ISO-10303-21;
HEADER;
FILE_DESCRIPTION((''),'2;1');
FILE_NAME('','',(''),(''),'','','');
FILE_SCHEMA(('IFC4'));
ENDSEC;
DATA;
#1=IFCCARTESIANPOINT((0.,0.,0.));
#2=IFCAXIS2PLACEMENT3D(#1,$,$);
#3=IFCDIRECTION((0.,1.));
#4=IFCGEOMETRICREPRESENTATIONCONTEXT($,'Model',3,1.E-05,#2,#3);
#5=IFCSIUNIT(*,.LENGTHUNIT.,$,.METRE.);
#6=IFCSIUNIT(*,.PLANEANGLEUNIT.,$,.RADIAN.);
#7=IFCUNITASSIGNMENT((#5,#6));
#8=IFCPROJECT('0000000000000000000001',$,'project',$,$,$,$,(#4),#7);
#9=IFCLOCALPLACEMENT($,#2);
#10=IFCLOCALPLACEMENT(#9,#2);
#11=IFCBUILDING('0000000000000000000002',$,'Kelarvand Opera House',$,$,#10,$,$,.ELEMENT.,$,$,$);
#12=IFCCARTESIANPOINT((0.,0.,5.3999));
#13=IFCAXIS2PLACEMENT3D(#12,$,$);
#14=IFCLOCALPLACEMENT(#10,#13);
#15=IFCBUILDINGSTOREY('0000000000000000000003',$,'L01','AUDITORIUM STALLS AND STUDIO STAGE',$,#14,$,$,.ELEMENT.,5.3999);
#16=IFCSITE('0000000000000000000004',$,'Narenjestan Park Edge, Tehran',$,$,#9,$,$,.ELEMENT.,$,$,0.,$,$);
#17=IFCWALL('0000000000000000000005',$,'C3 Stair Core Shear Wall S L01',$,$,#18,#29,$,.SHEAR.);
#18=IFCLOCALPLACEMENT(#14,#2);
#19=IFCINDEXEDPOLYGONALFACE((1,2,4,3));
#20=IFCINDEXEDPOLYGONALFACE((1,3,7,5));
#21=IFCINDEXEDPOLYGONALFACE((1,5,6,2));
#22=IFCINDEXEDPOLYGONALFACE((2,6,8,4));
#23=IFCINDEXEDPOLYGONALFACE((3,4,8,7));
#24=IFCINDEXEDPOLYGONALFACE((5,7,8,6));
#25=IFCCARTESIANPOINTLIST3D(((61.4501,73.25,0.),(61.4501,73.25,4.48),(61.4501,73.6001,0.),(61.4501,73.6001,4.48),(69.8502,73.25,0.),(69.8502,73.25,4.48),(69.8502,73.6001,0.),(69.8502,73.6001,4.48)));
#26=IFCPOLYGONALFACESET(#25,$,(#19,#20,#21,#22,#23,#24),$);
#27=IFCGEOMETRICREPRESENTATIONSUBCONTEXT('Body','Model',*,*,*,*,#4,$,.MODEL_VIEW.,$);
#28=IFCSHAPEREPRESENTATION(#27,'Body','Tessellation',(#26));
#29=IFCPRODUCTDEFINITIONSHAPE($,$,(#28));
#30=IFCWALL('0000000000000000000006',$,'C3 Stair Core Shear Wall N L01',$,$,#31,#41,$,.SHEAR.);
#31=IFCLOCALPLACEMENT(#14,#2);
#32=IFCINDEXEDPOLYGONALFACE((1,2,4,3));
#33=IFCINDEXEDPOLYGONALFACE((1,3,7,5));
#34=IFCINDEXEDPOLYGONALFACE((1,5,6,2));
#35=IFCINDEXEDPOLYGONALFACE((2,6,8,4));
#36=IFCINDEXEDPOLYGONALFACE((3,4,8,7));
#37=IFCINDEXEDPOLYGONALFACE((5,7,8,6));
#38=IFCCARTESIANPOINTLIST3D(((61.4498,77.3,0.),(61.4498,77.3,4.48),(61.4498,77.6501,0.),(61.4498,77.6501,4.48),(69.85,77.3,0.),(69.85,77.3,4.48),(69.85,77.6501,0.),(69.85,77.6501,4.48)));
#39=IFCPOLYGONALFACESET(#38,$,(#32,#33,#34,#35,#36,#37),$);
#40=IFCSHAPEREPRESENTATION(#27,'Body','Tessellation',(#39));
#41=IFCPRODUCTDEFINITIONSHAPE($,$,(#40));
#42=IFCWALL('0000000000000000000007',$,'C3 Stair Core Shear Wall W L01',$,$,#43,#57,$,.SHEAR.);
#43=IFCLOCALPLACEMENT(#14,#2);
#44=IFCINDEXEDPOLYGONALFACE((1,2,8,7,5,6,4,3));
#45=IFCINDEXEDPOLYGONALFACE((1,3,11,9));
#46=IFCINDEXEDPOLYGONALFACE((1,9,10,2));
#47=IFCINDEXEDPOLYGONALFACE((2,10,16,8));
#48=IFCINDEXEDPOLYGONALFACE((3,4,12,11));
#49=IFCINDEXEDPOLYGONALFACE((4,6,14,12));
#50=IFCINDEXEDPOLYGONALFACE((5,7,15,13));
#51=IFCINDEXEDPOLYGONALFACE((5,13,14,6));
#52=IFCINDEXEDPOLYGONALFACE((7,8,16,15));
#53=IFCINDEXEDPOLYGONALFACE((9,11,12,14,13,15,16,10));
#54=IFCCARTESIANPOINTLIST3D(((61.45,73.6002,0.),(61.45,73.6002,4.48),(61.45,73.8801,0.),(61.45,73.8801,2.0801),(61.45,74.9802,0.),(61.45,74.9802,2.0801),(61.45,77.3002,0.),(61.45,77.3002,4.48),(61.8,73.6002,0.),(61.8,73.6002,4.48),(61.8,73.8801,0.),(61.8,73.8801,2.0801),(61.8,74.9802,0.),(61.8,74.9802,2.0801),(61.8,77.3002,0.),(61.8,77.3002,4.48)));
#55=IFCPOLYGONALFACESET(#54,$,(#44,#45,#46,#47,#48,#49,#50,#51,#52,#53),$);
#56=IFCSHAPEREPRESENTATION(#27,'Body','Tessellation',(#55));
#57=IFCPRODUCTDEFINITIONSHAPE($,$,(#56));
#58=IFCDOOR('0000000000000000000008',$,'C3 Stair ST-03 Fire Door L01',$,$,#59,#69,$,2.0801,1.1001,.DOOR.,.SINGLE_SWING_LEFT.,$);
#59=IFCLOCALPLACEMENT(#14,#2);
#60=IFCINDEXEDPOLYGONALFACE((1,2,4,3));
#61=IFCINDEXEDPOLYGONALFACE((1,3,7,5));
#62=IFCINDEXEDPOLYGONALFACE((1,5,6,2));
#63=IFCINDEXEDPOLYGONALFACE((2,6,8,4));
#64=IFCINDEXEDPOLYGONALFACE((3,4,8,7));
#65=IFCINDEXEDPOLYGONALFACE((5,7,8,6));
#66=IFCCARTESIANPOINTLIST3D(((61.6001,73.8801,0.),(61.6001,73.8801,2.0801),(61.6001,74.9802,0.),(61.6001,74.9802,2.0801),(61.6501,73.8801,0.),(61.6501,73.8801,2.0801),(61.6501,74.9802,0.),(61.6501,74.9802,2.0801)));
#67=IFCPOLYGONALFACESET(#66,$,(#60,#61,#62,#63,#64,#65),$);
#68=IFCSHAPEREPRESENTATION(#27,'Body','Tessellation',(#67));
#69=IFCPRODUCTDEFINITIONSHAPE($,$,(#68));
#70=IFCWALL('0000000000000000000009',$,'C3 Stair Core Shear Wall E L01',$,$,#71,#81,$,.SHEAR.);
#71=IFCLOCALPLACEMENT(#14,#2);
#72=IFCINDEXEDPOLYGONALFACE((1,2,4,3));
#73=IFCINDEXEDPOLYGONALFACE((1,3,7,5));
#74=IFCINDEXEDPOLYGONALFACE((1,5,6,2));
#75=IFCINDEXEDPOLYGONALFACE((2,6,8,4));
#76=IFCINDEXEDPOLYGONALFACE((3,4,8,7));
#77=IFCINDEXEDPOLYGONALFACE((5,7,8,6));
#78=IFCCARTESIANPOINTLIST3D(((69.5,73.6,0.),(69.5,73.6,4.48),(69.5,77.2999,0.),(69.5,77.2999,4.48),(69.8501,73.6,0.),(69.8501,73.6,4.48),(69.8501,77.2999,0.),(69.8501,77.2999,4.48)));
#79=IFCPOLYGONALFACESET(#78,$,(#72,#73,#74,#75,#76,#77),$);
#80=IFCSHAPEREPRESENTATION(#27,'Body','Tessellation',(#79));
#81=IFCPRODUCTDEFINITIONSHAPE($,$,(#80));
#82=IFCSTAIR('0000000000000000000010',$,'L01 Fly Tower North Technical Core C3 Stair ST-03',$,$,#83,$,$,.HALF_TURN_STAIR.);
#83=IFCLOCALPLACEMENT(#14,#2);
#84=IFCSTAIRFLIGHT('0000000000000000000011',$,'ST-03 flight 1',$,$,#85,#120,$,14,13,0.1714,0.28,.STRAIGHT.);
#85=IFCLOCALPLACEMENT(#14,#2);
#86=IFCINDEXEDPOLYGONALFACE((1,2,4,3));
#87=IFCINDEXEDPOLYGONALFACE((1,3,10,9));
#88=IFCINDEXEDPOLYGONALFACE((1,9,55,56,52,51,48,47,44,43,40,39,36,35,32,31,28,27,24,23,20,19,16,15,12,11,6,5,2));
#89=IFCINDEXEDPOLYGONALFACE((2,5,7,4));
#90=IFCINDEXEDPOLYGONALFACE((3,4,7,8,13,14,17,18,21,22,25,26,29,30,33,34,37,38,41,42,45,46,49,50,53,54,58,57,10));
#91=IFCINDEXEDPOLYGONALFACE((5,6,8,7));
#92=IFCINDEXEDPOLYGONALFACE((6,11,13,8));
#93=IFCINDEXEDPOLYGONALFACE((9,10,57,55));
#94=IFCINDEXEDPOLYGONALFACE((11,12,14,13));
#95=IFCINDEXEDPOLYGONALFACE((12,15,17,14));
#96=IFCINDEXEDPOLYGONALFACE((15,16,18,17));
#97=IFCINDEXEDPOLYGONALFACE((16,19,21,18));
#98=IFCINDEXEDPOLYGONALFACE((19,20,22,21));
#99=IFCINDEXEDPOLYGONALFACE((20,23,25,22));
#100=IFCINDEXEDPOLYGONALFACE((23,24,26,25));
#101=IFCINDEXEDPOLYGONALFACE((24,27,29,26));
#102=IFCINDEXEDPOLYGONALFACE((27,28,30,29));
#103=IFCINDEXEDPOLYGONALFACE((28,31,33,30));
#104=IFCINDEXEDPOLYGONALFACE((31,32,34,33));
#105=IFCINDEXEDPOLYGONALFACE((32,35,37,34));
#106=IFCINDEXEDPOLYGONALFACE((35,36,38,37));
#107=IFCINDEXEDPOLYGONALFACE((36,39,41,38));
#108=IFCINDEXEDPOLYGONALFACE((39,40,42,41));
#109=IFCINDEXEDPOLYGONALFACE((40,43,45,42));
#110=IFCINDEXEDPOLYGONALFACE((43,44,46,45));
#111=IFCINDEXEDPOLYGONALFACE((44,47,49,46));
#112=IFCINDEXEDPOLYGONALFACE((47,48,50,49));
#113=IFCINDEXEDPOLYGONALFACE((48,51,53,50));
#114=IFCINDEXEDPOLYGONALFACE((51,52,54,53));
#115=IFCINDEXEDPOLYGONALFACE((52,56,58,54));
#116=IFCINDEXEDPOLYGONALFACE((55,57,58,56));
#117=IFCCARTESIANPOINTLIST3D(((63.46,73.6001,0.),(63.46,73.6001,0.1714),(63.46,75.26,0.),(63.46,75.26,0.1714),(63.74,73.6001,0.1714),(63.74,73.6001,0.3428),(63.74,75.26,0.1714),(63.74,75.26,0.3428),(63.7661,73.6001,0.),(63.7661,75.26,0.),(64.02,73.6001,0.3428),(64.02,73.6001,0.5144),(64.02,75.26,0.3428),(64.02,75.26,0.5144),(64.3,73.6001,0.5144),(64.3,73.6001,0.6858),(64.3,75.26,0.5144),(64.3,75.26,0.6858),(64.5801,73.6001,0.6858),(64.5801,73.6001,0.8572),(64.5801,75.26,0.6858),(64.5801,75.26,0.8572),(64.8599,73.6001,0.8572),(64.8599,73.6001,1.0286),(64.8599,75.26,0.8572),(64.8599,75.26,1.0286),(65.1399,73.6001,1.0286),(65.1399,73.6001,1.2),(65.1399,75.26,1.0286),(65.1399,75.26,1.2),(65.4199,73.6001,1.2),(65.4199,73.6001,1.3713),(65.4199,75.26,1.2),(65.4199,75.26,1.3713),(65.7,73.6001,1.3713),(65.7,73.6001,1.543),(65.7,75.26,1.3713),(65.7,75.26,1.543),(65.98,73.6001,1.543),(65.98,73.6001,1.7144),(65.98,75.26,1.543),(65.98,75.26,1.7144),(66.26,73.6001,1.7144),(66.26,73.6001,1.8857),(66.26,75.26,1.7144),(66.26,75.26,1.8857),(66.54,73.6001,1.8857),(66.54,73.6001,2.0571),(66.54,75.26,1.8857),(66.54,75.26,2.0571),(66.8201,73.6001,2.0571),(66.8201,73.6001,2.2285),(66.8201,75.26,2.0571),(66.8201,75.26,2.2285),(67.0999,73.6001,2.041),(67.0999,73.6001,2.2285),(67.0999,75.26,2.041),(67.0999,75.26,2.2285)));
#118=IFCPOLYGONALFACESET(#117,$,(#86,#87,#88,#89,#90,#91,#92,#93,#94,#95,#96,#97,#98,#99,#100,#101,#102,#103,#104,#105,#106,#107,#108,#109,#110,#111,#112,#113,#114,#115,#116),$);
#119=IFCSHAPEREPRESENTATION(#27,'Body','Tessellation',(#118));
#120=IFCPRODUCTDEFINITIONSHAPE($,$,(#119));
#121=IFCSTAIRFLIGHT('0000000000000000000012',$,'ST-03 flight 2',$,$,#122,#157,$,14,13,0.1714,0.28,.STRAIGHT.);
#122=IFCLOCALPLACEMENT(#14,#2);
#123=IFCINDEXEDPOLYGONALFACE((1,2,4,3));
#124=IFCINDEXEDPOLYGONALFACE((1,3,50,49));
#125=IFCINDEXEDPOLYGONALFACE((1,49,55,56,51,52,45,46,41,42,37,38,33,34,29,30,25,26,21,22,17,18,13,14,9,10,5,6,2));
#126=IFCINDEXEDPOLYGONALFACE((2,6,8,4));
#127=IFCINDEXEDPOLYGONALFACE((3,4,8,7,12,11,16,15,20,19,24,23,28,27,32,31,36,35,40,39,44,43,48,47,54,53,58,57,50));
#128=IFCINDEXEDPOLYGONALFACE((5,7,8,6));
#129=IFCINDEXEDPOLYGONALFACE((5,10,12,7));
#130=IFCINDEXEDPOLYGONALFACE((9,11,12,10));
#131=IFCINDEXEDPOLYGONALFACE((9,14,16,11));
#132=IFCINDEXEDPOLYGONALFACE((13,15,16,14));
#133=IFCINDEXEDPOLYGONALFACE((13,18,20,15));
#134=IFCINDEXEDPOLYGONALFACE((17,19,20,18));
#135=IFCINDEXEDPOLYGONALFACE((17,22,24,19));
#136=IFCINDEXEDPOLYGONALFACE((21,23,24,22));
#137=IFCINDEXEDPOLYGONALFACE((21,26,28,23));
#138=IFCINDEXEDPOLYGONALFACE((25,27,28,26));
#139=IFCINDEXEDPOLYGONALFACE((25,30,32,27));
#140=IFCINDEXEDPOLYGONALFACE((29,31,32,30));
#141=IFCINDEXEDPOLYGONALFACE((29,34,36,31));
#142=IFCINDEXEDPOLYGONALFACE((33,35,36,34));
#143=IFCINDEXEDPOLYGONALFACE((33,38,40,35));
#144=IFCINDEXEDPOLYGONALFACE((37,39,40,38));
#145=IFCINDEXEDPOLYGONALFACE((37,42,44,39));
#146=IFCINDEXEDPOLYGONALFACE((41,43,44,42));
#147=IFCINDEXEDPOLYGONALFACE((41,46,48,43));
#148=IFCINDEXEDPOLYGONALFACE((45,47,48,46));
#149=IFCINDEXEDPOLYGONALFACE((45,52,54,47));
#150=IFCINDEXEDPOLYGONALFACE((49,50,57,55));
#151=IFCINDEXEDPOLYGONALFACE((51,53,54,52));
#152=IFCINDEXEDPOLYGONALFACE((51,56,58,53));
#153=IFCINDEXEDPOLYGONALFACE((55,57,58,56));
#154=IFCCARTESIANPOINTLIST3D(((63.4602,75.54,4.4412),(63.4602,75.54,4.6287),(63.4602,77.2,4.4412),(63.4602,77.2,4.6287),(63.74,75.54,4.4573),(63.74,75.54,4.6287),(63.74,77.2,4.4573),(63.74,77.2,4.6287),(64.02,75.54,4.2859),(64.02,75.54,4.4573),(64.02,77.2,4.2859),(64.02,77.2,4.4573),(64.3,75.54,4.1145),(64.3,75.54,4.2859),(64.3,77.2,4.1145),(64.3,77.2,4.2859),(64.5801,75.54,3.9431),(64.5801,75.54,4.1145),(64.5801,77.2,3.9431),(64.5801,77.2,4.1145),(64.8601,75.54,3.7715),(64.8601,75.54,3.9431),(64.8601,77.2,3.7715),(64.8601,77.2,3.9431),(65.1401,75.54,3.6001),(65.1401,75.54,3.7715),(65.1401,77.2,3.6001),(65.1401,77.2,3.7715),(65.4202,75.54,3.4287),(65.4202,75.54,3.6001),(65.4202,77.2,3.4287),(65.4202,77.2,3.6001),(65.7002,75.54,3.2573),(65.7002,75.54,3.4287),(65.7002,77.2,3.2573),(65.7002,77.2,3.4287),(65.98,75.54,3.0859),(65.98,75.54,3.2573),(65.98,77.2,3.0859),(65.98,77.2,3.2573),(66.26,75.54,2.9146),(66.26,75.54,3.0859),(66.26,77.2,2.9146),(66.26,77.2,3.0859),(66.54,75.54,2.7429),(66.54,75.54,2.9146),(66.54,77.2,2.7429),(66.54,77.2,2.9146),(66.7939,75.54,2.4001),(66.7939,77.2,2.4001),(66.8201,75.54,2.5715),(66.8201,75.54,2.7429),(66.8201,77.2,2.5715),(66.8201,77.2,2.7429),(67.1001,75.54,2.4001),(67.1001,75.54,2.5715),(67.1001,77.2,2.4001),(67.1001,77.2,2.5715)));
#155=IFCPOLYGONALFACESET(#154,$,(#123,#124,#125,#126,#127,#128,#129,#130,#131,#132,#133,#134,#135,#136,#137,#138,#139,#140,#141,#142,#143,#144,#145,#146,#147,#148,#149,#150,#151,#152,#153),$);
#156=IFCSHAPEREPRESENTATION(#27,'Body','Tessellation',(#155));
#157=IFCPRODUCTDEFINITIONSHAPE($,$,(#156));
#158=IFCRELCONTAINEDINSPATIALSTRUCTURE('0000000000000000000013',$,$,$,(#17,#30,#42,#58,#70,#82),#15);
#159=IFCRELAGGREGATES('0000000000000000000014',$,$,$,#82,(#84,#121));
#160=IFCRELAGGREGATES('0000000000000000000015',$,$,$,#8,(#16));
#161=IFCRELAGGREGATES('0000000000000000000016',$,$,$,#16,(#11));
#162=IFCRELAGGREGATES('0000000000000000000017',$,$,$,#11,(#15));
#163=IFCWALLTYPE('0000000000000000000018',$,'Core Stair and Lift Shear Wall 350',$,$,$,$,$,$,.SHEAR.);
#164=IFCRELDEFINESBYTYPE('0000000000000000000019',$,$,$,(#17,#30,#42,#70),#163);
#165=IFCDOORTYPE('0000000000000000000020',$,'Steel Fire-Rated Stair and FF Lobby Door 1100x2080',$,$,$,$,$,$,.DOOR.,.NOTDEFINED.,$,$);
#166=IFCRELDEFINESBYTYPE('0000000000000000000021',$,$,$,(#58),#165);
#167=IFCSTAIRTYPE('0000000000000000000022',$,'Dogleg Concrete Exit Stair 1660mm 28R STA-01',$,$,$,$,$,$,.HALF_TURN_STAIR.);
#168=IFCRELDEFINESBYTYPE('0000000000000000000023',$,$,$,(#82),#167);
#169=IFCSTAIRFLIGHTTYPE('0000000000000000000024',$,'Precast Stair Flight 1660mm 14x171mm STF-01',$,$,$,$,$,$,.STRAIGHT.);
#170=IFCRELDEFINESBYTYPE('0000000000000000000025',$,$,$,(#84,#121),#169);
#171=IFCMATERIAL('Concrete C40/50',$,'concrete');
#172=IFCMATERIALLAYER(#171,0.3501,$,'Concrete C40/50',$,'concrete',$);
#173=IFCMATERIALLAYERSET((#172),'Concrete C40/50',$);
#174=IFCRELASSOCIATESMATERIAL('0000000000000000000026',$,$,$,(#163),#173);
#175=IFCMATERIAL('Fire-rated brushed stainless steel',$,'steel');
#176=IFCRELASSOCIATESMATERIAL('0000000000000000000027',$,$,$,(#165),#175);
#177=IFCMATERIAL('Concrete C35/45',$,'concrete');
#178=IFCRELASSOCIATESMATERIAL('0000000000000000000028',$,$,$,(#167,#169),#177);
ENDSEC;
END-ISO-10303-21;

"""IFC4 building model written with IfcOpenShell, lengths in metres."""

from ifc_helpers import new_model, si_unit, direction, frame, frame_2d, origin, place, context, subcontext, project, spatial, polyline, rectangle, outline, extrude, material, layer, layer_set, type_object, element, fill, aggregate, save


model = new_model("IFC4")

# Units and contexts
model_context = context("Model", 3, precision=1e-05, world=origin(), true_north=direction((0.0, 1.0)))
body_context = subcontext(model_context, "Body", "Model", "MODEL_VIEW")
ifc_project = project(units=[si_unit("LENGTHUNIT", "METRE"), si_unit("PLANEANGLEUNIT", "RADIAN")], contexts=[model_context])

# Site, building, storey
site_placement = place(None, origin())
site = spatial("IfcSite", under=ifc_project, at=site_placement, Name="Narenjestan Park Edge, Tehran", CompositionType="ELEMENT", RefElevation=0.0)
building_placement = place(site_placement, origin())
building = spatial("IfcBuilding", under=site, at=building_placement, Name="Kelarvand Opera House", CompositionType="ELEMENT")
storey_placement = place(building_placement, frame((0.0, 0.0, 5.3999)))
storey = spatial("IfcBuildingStorey", under=building, at=storey_placement, Name="L01", Description="AUDITORIUM STALLS AND STUDIO STAGE", CompositionType="ELEMENT", Elevation=5.3999)

# Shared definitions
ifc_material_1 = material(Name="Concrete C40/50", Category="concrete")

# Shared definitions
ifc_material_2 = material(Name="Concrete C35/45", Category="concrete")

# Walls
ifc_layer = layer(ifc_material_1, 0.3501, Name="Concrete C40/50", Category="concrete")
ifc_layer_set = layer_set([ifc_layer], Name="Concrete C40/50")
wall_type = type_object("IfcWallType", Name="Core Stair and Lift Shear Wall 350", PredefinedType="SHEAR", material=ifc_layer_set)
for number, where, z_axis, x_axis, name in (
    (1, (61.45, 73.425, 0.0), (0.0, 0.0, 1.0), (1.0, 0.0, 0.0), "C3 Stair Core Shear Wall S L01"),
    (2, (69.8501, 77.4751, 0.0), (0.0, 0.0, 1.0), (-1.0, 0.0, 0.0), "C3 Stair Core Shear Wall N L01"),
):
    element("IfcWall", number, at=place(storey_placement, frame(where, z_axis=z_axis, x_axis=x_axis)), inside=storey, type_object=wall_type, Name=name, PredefinedType="SHEAR", context=body_context, shape_type="SweptSolid", body=[
        extrude(rectangle(XDim=8.4001, YDim=0.3501, at=frame_2d((4.2002, 0.0))), origin(), (0.0, 0.0, 1.0), 4.48),
    ])

# Wall, opening, door
wall_1_placement = place(storey_placement, frame((61.625, 73.6001, 0.0), z_axis=(0.0, 0.0, 1.0), x_axis=(0.0, 1.0, 0.0)))
wall_1 = element("IfcWall", 3, at=wall_1_placement, inside=storey, type_object=wall_type, Name="C3 Stair Core Shear Wall W L01", PredefinedType="SHEAR", context=body_context, shape_type="SweptSolid", body=[
    extrude(rectangle(XDim=3.7, YDim=0.3501, at=frame_2d((1.8501, 0.0))), origin(), (0.0, 0.0, 1.0), 4.48),
])
opening_placement = place(wall_1_placement, frame((0.28, 0.0, 0.0)))
opening = element("IfcOpeningElement", 4, at=opening_placement, cuts=wall_1, PredefinedType="OPENING", context=body_context, shape_type="SweptSolid", body=[
    extrude(rectangle(XDim=1.1001, YDim=2.0801, at=frame_2d((0.55, 1.04))), frame((0.0, 0.1851, 0.0), z_axis=(0.0, -1.0, 0.0), x_axis=(1.0, 0.0, 0.0)), (0.0, 0.0, 1.0), 0.3701),
])
ifc_material_3 = material(Name="Fire-rated brushed stainless steel", Category="steel")
door_type = type_object("IfcDoorType", Name="Steel Fire-Rated Stair and FF Lobby Door 1100x2080", OperationType="NOTDEFINED", PredefinedType="DOOR", material=ifc_material_3)
door_placement = place(opening_placement, origin())
door = element("IfcDoor", 5, at=door_placement, inside=storey, type_object=door_type, Name="C3 Stair ST-03 Fire Door L01", OperationType="SINGLE_SWING_LEFT", OverallHeight=2.0801, OverallWidth=1.1001, PredefinedType="DOOR", context=body_context, shape_type="SweptSolid", body=[
    extrude(rectangle(XDim=1.1001, YDim=2.0801, at=frame_2d((0.55, 1.04))), frame((0.0, 0.0249, 0.0), z_axis=(0.0, -1.0, 0.0), x_axis=(1.0, 0.0, 0.0)), (0.0, 0.0, 1.0), 0.05),
])
fill(opening, door)

# Wall
wall_2_placement = place(storey_placement, frame((69.675, 77.3, 0.0), z_axis=(0.0, 0.0, 1.0), x_axis=(0.0, -1.0, 0.0)))
element("IfcWall", 6, at=wall_2_placement, inside=storey, type_object=wall_type, Name="C3 Stair Core Shear Wall E L01", PredefinedType="SHEAR", context=body_context, shape_type="SweptSolid", body=[
    extrude(rectangle(XDim=3.7, YDim=0.3501, at=frame_2d((1.8501, 0.0))), origin(), (0.0, 0.0, 1.0), 4.48),
])

# Stair, stair flights
stair_type = type_object("IfcStairType", Name="Dogleg Concrete Exit Stair 1660mm 28R STA-01", PredefinedType="HALF_TURN_STAIR", material=ifc_material_2)
stair_placement = place(storey_placement, origin())
stair = element("IfcStair", 7, at=stair_placement, inside=storey, type_object=stair_type, Name="L01 Fly Tower North Technical Core C3 Stair ST-03", PredefinedType="HALF_TURN_STAIR")
stair_flight_type = type_object("IfcStairFlightType", Name="Precast Stair Flight 1660mm 14x171mm STF-01", PredefinedType="STRAIGHT", material=ifc_material_2)
stair_flight_1_placement = place(storey_placement, frame((63.46, 74.4299, 0.0), z_axis=(0.0, 0.0, 1.0), x_axis=(1.0, 0.0, 0.0)))
stair_flight_1 = element("IfcStairFlight", 8, at=stair_flight_1_placement, type_object=stair_flight_type, Name="ST-03 flight 1", NumberOfRisers=14, NumberOfTreads=13, PredefinedType="STRAIGHT", RiserHeight=0.1714, TreadLength=0.28, context=body_context, shape_type="SweptSolid", body=[
    extrude(outline(polyline([(0.0, 0.0), (0.0, 0.1714), (0.28, 0.1714), (0.28, 0.3428), (0.5601, 0.3428), (0.5601, 0.5144), (0.8401, 0.5144), (0.8401, 0.6858), (1.1201, 0.6858), (1.1201, 0.8572), (1.3999, 0.8572), (1.3999, 1.0286), (1.6799, 1.0286), (1.6799, 1.2), (1.96, 1.2), (1.96, 1.3713), (2.24, 1.3713), (2.24, 1.543), (2.52, 1.543), (2.52, 1.7144), (2.8, 1.7144), (2.8, 1.8857), (3.0801, 1.8857), (3.0801, 2.0571), (3.3601, 2.0571), (3.3601, 2.2285), (3.6399, 2.2285), (3.6399, 2.3999), (3.6399, 2.041), (0.3062, 0.0), (0.0, 0.0)])), frame((0.0, 0.8301, 0.0), z_axis=(0.0, -1.0, 0.0), x_axis=(1.0, 0.0, 0.0)), (0.0, 0.0, 1.0), 1.6599),
])
stair_flight_2_placement = place(storey_placement, frame((67.1001, 76.3701, 2.4001), z_axis=(0.0, 0.0, 1.0), x_axis=(-1.0, 0.0, 0.0)))
stair_flight_2 = element("IfcStairFlight", 9, at=stair_flight_2_placement, type_object=stair_flight_type, Name="ST-03 flight 2", NumberOfRisers=14, NumberOfTreads=13, PredefinedType="STRAIGHT", RiserHeight=0.1714, TreadLength=0.28, context=body_context, shape_type="SweptSolid", body=[
    extrude(outline(polyline([(0.0, 0.0), (0.0, 0.1714), (0.28, 0.1714), (0.28, 0.3428), (0.5601, 0.3428), (0.5601, 0.5144), (0.8401, 0.5144), (0.8401, 0.6858), (1.1201, 0.6858), (1.1201, 0.8572), (1.3999, 0.8572), (1.3999, 1.0286), (1.6799, 1.0286), (1.6799, 1.2), (1.96, 1.2), (1.96, 1.3713), (2.24, 1.3713), (2.24, 1.543), (2.52, 1.543), (2.52, 1.7144), (2.8, 1.7144), (2.8, 1.8857), (3.0801, 1.8857), (3.0801, 2.0571), (3.3601, 2.0571), (3.3601, 2.2285), (3.6399, 2.2285), (3.6399, 2.3999), (3.6399, 2.041), (0.3062, 0.0), (0.0, 0.0)])), frame((0.0, 0.8301, 0.0), z_axis=(0.0, -1.0, 0.0), x_axis=(1.0, 0.0, 0.0)), (0.0, 0.0, 1.0), 1.6599),
])
aggregate(stair, [stair_flight_1, stair_flight_2])

save(model, "model.ifc")
